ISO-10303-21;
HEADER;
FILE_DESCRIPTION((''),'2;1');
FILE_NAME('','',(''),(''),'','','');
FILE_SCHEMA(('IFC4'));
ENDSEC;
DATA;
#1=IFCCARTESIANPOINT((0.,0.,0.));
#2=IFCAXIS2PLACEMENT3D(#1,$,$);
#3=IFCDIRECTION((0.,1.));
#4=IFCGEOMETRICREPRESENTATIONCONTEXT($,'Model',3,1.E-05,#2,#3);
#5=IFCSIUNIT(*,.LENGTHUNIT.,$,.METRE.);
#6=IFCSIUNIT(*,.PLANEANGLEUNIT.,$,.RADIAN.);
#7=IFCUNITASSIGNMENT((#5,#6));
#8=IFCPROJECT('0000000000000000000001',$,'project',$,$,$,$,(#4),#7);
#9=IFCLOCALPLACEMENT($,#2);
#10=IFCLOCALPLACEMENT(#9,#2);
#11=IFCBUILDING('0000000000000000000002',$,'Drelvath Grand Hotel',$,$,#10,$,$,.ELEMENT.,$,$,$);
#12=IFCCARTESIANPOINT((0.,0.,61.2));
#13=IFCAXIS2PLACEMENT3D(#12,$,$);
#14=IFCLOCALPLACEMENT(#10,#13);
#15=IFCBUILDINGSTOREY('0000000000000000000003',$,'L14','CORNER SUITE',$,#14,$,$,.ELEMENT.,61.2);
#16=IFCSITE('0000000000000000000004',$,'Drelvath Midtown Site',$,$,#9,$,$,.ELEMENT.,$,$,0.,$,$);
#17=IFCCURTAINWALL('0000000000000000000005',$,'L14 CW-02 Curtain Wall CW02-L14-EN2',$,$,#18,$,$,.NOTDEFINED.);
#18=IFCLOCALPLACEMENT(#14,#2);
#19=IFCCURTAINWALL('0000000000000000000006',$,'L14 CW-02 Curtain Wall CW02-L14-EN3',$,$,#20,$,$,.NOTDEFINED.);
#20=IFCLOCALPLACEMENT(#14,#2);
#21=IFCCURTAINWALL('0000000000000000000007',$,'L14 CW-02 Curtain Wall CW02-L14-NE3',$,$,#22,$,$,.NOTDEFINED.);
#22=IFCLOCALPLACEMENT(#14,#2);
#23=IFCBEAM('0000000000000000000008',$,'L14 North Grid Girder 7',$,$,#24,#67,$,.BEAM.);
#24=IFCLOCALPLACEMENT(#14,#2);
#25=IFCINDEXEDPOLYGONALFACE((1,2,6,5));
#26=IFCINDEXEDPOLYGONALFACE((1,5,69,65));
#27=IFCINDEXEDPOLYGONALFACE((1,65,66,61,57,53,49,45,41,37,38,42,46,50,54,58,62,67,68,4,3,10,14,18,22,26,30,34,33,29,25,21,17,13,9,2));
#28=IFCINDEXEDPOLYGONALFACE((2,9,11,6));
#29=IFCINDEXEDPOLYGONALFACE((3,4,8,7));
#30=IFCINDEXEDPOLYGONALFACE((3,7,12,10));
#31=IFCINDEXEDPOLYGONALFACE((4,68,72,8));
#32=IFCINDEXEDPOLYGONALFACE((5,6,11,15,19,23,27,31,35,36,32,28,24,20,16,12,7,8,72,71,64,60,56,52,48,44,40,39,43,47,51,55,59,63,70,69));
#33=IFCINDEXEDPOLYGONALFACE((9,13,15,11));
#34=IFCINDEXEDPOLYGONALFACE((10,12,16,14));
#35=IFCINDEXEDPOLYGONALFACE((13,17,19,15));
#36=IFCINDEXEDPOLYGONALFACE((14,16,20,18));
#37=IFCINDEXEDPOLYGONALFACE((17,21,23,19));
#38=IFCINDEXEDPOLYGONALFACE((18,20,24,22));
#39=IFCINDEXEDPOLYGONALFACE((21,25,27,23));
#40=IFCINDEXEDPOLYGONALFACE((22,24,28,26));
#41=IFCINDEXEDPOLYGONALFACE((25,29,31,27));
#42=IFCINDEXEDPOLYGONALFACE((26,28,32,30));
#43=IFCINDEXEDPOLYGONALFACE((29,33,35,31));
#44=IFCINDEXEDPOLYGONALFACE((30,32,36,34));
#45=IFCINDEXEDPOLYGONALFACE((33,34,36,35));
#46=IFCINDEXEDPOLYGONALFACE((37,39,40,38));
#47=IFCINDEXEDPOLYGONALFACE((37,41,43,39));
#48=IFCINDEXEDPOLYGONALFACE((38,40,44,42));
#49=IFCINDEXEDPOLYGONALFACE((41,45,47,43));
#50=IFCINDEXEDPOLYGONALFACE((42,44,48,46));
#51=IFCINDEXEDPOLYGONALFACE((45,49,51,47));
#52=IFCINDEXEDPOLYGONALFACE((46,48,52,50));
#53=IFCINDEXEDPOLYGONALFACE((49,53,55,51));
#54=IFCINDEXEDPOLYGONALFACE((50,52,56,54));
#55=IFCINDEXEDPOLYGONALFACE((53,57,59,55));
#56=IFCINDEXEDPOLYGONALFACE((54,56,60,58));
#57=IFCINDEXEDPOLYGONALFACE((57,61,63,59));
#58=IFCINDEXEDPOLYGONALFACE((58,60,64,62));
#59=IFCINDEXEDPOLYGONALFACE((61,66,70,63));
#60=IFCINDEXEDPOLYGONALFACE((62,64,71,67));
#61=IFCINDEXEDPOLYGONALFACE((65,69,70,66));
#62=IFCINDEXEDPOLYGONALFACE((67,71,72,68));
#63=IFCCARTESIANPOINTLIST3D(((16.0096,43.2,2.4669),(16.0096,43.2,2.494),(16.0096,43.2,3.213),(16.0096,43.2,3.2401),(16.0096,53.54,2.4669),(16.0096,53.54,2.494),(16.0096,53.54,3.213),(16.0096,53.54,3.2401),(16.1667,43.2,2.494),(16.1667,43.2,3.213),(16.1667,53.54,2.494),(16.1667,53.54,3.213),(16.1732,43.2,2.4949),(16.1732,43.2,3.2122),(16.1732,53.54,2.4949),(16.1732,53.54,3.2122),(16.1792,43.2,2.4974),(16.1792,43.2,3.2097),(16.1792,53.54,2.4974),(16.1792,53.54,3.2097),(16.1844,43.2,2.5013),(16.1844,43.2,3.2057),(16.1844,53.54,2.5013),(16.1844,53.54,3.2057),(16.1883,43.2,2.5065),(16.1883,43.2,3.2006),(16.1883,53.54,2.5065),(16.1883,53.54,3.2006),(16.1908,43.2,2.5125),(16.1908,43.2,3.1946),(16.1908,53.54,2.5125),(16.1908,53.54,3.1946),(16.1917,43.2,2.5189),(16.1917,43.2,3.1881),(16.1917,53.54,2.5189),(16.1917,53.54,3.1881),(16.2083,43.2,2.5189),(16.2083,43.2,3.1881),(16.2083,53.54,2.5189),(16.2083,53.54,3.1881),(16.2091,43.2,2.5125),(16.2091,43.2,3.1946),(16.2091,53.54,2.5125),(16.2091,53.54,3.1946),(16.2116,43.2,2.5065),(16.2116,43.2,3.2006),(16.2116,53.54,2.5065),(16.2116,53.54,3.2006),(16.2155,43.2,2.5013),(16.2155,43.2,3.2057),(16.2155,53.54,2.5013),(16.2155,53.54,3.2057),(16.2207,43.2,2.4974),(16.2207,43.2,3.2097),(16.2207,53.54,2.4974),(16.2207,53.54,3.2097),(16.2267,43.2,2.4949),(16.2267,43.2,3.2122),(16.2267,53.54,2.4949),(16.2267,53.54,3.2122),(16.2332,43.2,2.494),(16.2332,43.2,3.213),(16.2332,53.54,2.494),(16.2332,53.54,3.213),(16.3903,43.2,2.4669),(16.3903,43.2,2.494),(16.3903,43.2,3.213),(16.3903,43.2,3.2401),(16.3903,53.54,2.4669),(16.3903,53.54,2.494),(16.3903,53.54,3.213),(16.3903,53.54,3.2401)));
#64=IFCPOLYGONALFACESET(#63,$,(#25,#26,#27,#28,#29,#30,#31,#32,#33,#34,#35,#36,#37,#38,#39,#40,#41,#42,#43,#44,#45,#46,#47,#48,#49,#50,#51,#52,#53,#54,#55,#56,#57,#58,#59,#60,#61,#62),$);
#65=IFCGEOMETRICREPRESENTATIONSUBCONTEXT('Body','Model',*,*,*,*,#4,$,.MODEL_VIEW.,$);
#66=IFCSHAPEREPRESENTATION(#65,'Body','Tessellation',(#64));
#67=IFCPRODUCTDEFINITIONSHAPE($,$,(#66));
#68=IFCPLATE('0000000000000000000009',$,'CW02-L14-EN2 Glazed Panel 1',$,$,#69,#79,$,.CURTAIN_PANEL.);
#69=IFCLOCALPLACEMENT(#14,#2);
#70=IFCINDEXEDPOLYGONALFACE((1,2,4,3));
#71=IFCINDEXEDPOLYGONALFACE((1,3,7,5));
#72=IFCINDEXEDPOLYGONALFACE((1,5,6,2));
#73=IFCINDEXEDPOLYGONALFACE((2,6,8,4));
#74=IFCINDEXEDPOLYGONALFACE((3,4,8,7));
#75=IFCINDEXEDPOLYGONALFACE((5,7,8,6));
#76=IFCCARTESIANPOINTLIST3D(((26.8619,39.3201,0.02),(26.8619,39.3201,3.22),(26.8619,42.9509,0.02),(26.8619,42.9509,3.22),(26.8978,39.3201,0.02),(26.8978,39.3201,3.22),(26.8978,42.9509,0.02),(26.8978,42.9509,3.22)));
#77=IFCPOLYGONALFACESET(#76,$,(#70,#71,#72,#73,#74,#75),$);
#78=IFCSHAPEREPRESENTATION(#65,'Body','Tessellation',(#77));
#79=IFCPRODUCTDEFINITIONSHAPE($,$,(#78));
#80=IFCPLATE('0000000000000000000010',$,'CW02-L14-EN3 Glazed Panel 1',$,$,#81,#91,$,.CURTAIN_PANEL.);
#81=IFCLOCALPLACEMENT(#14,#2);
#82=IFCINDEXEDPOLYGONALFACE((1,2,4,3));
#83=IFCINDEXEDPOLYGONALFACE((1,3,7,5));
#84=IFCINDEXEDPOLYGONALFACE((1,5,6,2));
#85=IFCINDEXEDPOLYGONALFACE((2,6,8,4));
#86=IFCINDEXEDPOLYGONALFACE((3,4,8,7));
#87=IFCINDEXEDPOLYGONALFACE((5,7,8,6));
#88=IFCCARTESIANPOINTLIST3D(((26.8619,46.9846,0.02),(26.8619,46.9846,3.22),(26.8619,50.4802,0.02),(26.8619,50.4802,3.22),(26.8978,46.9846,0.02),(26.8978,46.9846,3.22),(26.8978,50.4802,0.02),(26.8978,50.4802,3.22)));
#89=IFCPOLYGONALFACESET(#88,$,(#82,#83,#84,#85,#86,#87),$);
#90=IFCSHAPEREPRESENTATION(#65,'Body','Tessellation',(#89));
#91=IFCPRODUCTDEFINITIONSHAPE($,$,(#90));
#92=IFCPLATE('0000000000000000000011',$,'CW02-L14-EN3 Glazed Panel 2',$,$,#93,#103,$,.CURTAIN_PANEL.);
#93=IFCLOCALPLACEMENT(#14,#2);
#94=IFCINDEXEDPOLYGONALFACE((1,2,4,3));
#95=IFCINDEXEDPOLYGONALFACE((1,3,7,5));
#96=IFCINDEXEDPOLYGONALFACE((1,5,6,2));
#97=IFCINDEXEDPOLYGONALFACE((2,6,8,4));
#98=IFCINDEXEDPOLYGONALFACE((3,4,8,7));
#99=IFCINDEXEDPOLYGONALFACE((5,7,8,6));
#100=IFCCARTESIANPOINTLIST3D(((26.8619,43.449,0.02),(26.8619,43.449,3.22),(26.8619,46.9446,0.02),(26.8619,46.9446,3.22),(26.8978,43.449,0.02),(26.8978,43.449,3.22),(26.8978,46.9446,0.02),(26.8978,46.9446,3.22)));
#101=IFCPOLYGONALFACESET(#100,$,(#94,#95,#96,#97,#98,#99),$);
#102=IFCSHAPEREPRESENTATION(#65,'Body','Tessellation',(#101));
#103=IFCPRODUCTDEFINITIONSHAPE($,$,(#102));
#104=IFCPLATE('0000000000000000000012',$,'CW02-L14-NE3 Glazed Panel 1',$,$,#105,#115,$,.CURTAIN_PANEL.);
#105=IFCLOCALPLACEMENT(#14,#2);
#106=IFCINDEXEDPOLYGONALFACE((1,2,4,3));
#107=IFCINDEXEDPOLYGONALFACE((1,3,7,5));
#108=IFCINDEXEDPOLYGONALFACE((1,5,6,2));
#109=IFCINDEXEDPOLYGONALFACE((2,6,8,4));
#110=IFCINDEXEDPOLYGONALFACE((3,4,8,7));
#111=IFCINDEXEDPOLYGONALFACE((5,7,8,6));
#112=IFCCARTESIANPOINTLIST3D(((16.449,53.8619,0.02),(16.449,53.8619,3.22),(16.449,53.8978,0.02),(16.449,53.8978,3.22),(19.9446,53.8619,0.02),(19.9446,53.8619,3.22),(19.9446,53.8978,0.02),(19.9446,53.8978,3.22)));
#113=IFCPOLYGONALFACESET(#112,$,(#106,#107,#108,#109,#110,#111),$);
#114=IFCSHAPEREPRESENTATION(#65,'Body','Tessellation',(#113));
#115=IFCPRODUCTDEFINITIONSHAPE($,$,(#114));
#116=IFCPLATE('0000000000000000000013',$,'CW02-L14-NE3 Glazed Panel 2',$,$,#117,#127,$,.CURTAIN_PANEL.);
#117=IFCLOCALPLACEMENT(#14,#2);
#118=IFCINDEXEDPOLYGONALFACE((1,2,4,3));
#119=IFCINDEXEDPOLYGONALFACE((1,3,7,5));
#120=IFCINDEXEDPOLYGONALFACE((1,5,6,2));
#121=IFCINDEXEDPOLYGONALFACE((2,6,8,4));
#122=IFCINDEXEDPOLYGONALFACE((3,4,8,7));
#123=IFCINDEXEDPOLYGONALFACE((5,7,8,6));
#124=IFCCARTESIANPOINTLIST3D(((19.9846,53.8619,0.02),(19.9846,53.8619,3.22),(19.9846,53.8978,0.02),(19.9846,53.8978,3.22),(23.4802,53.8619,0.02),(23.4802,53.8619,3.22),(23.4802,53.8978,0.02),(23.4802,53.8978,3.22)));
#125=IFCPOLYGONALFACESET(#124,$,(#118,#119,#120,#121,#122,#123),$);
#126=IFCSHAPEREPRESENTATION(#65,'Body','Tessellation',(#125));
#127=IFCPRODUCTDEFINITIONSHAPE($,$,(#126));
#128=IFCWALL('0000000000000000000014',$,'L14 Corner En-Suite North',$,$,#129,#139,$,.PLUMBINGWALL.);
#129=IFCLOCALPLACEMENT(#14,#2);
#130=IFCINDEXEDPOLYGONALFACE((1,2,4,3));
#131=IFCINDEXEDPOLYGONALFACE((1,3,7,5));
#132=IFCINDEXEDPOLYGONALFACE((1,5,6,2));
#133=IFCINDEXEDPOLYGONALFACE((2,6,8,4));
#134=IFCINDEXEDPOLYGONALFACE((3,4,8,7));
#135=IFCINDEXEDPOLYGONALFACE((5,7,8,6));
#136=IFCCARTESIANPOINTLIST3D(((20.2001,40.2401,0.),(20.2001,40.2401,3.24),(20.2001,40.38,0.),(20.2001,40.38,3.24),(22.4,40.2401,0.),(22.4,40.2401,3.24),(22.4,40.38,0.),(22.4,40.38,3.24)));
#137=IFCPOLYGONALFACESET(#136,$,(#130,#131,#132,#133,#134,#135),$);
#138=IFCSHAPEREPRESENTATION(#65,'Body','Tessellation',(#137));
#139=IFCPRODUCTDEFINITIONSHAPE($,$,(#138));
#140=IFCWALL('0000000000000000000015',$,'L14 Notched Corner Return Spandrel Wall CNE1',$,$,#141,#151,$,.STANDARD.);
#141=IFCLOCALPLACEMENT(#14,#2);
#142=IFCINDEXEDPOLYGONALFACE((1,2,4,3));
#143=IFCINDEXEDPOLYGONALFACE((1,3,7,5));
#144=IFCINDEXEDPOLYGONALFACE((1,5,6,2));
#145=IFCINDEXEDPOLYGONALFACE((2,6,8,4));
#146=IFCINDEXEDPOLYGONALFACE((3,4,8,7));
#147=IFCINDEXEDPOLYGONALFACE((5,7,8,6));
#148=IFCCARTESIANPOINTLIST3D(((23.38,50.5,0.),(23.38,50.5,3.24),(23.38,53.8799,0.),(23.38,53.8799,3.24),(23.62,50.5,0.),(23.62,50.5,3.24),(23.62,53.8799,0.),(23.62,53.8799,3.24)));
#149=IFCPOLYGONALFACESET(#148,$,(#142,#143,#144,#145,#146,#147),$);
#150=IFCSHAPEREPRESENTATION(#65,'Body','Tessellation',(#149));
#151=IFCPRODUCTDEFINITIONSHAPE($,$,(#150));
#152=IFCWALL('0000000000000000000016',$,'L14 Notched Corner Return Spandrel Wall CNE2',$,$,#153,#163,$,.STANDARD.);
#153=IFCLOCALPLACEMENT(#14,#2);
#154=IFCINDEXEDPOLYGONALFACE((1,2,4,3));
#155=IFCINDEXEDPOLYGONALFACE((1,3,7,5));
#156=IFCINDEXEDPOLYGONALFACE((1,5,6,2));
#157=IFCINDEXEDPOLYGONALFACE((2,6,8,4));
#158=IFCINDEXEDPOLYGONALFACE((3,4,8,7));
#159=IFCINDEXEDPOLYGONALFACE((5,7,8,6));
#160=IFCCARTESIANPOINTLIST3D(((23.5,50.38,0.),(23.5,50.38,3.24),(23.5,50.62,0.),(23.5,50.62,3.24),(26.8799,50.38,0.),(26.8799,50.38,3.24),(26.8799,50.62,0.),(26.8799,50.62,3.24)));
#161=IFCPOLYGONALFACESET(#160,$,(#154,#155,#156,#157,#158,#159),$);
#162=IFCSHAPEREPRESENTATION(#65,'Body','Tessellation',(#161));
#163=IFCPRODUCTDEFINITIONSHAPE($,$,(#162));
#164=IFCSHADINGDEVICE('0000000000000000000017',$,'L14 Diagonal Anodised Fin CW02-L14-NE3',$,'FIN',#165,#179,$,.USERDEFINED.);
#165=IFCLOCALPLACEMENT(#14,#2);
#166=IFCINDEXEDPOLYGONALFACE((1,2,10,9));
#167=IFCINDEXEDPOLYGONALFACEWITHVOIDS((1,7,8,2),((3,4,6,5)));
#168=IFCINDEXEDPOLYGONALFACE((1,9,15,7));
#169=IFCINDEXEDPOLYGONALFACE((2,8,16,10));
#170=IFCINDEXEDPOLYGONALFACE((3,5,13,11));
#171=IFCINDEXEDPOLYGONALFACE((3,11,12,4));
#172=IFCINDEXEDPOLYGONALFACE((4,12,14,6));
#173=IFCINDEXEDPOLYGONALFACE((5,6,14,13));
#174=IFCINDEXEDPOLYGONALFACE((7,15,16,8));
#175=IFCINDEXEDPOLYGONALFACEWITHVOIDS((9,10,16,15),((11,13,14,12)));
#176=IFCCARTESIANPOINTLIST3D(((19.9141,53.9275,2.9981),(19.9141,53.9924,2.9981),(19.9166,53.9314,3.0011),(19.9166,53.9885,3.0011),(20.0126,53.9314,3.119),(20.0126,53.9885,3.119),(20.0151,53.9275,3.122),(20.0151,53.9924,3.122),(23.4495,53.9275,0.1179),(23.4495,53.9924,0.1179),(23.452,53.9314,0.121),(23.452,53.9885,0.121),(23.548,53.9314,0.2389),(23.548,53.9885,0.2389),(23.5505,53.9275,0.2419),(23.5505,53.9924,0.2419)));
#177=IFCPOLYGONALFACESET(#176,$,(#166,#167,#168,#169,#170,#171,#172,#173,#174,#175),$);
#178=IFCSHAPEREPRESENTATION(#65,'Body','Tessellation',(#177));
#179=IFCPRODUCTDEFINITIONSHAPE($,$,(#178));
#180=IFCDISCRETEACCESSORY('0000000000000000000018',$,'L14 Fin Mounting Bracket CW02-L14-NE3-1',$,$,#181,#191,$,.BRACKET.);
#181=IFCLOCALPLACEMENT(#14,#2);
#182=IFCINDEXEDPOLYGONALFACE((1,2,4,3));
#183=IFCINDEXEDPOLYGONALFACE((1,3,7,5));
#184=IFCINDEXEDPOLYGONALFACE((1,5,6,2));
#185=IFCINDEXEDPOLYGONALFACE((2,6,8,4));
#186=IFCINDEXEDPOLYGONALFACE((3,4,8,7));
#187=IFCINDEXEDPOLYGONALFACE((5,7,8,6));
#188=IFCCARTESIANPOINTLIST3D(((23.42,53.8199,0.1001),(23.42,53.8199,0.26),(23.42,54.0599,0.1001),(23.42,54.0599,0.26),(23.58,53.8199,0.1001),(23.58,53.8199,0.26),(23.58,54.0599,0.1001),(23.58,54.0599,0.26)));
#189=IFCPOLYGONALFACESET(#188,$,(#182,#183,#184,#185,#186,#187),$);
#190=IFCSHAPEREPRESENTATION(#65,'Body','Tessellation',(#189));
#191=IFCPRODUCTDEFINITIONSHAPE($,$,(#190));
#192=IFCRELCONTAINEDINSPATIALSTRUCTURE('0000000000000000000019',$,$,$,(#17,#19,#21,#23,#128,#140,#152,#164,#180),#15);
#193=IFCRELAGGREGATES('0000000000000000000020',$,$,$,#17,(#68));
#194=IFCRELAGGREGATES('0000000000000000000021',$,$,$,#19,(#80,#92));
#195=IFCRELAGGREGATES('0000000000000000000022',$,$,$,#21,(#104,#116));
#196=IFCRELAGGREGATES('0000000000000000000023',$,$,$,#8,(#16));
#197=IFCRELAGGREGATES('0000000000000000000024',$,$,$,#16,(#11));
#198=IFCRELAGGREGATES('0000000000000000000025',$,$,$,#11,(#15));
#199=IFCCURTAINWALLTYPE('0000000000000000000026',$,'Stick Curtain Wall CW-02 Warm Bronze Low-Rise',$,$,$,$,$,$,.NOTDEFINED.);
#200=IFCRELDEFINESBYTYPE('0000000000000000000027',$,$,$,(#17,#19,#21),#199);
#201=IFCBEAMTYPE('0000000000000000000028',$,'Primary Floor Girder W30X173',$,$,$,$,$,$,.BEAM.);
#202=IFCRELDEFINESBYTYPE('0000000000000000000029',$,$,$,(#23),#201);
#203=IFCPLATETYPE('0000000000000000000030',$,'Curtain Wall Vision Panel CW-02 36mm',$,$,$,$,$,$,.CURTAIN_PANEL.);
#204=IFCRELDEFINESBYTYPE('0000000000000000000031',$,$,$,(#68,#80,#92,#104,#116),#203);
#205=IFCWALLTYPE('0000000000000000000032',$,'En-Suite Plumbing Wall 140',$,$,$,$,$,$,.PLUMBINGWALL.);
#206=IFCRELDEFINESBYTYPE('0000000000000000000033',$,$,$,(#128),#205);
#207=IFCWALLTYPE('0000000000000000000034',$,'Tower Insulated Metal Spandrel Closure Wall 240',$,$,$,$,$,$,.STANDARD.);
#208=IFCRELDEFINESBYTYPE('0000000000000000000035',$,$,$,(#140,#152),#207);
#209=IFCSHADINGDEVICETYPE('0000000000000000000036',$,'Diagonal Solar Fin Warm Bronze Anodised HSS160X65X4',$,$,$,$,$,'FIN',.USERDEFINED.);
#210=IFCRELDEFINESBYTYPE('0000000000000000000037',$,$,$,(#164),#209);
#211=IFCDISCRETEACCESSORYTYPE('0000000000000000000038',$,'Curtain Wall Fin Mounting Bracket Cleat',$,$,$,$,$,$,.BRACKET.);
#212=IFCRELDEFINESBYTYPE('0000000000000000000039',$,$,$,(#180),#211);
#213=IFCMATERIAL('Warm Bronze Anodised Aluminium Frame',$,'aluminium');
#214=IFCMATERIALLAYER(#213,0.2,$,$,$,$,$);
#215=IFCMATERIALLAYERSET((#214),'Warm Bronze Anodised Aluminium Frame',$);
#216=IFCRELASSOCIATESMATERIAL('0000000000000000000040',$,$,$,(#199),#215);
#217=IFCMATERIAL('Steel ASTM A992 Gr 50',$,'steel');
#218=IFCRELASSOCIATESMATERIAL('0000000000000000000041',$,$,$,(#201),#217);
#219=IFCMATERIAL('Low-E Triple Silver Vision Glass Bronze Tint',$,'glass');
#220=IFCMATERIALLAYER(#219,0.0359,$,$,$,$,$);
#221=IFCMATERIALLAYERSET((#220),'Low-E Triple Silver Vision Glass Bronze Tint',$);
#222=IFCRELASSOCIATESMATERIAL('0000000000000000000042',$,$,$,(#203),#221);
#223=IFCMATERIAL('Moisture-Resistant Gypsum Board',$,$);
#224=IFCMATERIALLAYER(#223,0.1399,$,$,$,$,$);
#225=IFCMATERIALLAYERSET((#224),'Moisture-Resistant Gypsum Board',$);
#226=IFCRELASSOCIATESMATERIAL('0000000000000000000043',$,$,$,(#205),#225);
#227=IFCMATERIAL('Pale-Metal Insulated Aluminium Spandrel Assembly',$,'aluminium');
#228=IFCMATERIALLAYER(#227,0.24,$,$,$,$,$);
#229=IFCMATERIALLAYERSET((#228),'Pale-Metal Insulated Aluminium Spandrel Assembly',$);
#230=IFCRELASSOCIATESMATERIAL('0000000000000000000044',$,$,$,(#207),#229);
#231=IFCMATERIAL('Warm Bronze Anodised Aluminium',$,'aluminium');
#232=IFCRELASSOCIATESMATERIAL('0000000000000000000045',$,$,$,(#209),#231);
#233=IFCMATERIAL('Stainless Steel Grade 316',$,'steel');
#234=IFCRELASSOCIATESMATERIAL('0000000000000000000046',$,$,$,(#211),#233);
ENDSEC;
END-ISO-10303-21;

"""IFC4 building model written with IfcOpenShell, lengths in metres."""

from ifc_helpers import new_model, si_unit, direction, frame, frame_2d, origin, origin_2d, place, context, subcontext, project, spatial, rectangle, hollow_rectangle, i_section, extrude, material, layer, layer_set, material_profile, profile_set, type_object, element, aggregate, save


model = new_model("IFC4")

# Units and contexts
model_context = context("Model", 3, precision=1e-05, world=origin(), true_north=direction((0.0, 1.0)))
body_context = subcontext(model_context, "Body", "Model", "MODEL_VIEW")
ifc_project = project(units=[si_unit("LENGTHUNIT", "METRE"), si_unit("PLANEANGLEUNIT", "RADIAN")], contexts=[model_context])

# Site, building, storey
site_placement = place(None, origin())
site = spatial("IfcSite", under=ifc_project, at=site_placement, Name="Drelvath Midtown Site", CompositionType="ELEMENT", RefElevation=0.0)
building_placement = place(site_placement, origin())
building = spatial("IfcBuilding", under=site, at=building_placement, Name="Drelvath Grand Hotel", CompositionType="ELEMENT")
storey_placement = place(building_placement, frame((0.0, 0.0, 61.2)))
storey = spatial("IfcBuildingStorey", under=building, at=storey_placement, Name="L14", Description="CORNER SUITE", CompositionType="ELEMENT", Elevation=61.2)

# Curtain walls
ifc_material_1 = material(Name="Warm Bronze Anodised Aluminium Frame", Category="aluminium")
ifc_layer_1 = layer(ifc_material_1, 0.2)
ifc_layer_set_1 = layer_set([ifc_layer_1], Name="Warm Bronze Anodised Aluminium Frame")
curtain_wall_type = type_object("IfcCurtainWallType", Name="Stick Curtain Wall CW-02 Warm Bronze Low-Rise", PredefinedType="NOTDEFINED", material=ifc_layer_set_1)
curtain_wall_1_placement = place(storey_placement, origin())
curtain_wall_1 = element("IfcCurtainWall", 1, at=curtain_wall_1_placement, inside=storey, type_object=curtain_wall_type, Name="L14 CW-02 Curtain Wall CW02-L14-EN2", PredefinedType="NOTDEFINED")
curtain_wall_2_placement = place(storey_placement, origin())
curtain_wall_2 = element("IfcCurtainWall", 2, at=curtain_wall_2_placement, inside=storey, type_object=curtain_wall_type, Name="L14 CW-02 Curtain Wall CW02-L14-EN3", PredefinedType="NOTDEFINED")
curtain_wall_3_placement = place(storey_placement, origin())
curtain_wall_3 = element("IfcCurtainWall", 3, at=curtain_wall_3_placement, inside=storey, type_object=curtain_wall_type, Name="L14 CW-02 Curtain Wall CW02-L14-NE3", PredefinedType="NOTDEFINED")

# Beam
ifc_material_2 = material(Name="Steel ASTM A992 Gr 50", Category="steel")
ifc_material_profile_1 = material_profile(ifc_material_2, i_section(OverallWidth=0.3806, OverallDepth=0.7732, WebThickness=0.0166, FlangeThickness=0.0271, FilletRadius=0.0249, at=origin_2d()), Name="W30X173")
ifc_profile_set_1 = profile_set([ifc_material_profile_1], Name="Steel ASTM A992 Gr 50")
beam_type = type_object("IfcBeamType", Name="Primary Floor Girder W30X173", PredefinedType="BEAM", material=ifc_profile_set_1)
for number, where, z_axis, x_axis, name in (
    (4, (16.2, 43.2, 2.8535), (0.0, 1.0, 0.0), (-1.0, 0.0, 0.0), "L14 North Grid Girder 7"),
):
    element("IfcBeam", number, at=place(storey_placement, frame(where, z_axis=z_axis, x_axis=x_axis)), inside=storey, type_object=beam_type, Name=name, PredefinedType="BEAM", context=body_context, shape_type="SweptSolid", body=[
        extrude(i_section(OverallWidth=0.3806, OverallDepth=0.7732, WebThickness=0.0166, FlangeThickness=0.0271, FilletRadius=0.0249, at=origin_2d()), origin(), (0.0, 0.0, 1.0), 10.3401),
    ])

# Plates
ifc_material_3 = material(Name="Low-E Triple Silver Vision Glass Bronze Tint", Category="glass")
ifc_layer_2 = layer(ifc_material_3, 0.0359)
ifc_layer_set_2 = layer_set([ifc_layer_2], Name="Low-E Triple Silver Vision Glass Bronze Tint")
plate_type = type_object("IfcPlateType", Name="Curtain Wall Vision Panel CW-02 36mm", PredefinedType="CURTAIN_PANEL", material=ifc_layer_set_2)
plate_1_placement = place(storey_placement, frame((26.8799, 41.1355, 0.02), z_axis=(0.0, 0.0, 1.0), x_axis=(0.0, -1.0, 0.0)))
plate_1 = element("IfcPlate", 5, at=plate_1_placement, type_object=plate_type, Name="CW02-L14-EN2 Glazed Panel 1", PredefinedType="CURTAIN_PANEL", context=body_context, shape_type="SweptSolid", body=[
    extrude(rectangle(XDim=3.6309, YDim=0.0359, at=origin_2d()), origin(), (0.0, 0.0, 1.0), 3.2),
])
aggregate(curtain_wall_1, [plate_1])
plate_2_placement = place(storey_placement, frame((26.8799, 48.7324, 0.02), z_axis=(0.0, 0.0, 1.0), x_axis=(0.0, -1.0, 0.0)))
plate_2 = element("IfcPlate", 6, at=plate_2_placement, type_object=plate_type, Name="CW02-L14-EN3 Glazed Panel 1", PredefinedType="CURTAIN_PANEL", context=body_context, shape_type="SweptSolid", body=[
    extrude(rectangle(XDim=3.4956, YDim=0.0359, at=origin_2d()), origin(), (0.0, 0.0, 1.0), 3.2),
])
plate_3_placement = place(storey_placement, frame((26.8799, 45.1968, 0.02), z_axis=(0.0, 0.0, 1.0), x_axis=(0.0, -1.0, 0.0)))
plate_3 = element("IfcPlate", 7, at=plate_3_placement, type_object=plate_type, Name="CW02-L14-EN3 Glazed Panel 2", PredefinedType="CURTAIN_PANEL", context=body_context, shape_type="SweptSolid", body=[
    extrude(rectangle(XDim=3.4956, YDim=0.0359, at=origin_2d()), origin(), (0.0, 0.0, 1.0), 3.2),
])
aggregate(curtain_wall_2, [plate_2, plate_3])
plate_4_placement = place(storey_placement, frame((18.1968, 53.8799, 0.02), z_axis=(0.0, 0.0, 1.0), x_axis=(1.0, 0.0, 0.0)))
plate_4 = element("IfcPlate", 8, at=plate_4_placement, type_object=plate_type, Name="CW02-L14-NE3 Glazed Panel 1", PredefinedType="CURTAIN_PANEL", context=body_context, shape_type="SweptSolid", body=[
    extrude(rectangle(XDim=3.4956, YDim=0.0359, at=origin_2d()), origin(), (0.0, 0.0, 1.0), 3.2),
])
plate_5_placement = place(storey_placement, frame((21.7324, 53.8799, 0.02), z_axis=(0.0, 0.0, 1.0), x_axis=(1.0, 0.0, 0.0)))
plate_5 = element("IfcPlate", 9, at=plate_5_placement, type_object=plate_type, Name="CW02-L14-NE3 Glazed Panel 2", PredefinedType="CURTAIN_PANEL", context=body_context, shape_type="SweptSolid", body=[
    extrude(rectangle(XDim=3.4956, YDim=0.0359, at=origin_2d()), origin(), (0.0, 0.0, 1.0), 3.2),
])
aggregate(curtain_wall_3, [plate_4, plate_5])

# Walls
ifc_material_4 = material(Name="Moisture-Resistant Gypsum Board")
ifc_layer_3 = layer(ifc_material_4, 0.1399)
ifc_layer_set_3 = layer_set([ifc_layer_3], Name="Moisture-Resistant Gypsum Board")
wall_type_1 = type_object("IfcWallType", Name="En-Suite Plumbing Wall 140", PredefinedType="PLUMBINGWALL", material=ifc_layer_set_3)
wall_placement = place(storey_placement, frame((20.2, 40.3101, 0.0), z_axis=(0.0, 0.0, 1.0), x_axis=(1.0, 0.0, 0.0)))
element("IfcWall", 10, at=wall_placement, inside=storey, type_object=wall_type_1, Name="L14 Corner En-Suite North", PredefinedType="PLUMBINGWALL", context=body_context, shape_type="SweptSolid", body=[
    extrude(rectangle(XDim=2.2, YDim=0.1399, at=frame_2d((1.1001, 0.0))), origin(), (0.0, 0.0, 1.0), 3.24),
])
ifc_material_5 = material(Name="Pale-Metal Insulated Aluminium Spandrel Assembly", Category="aluminium")
ifc_layer_4 = layer(ifc_material_5, 0.24)
ifc_layer_set_4 = layer_set([ifc_layer_4], Name="Pale-Metal Insulated Aluminium Spandrel Assembly")
wall_type_2 = type_object("IfcWallType", Name="Tower Insulated Metal Spandrel Closure Wall 240", PredefinedType="STANDARD", material=ifc_layer_set_4)
for number, where, z_axis, x_axis, name in (
    (11, (23.5, 53.8799, 0.0), (0.0, 0.0, 1.0), (0.0, -1.0, 0.0), "L14 Notched Corner Return Spandrel Wall CNE1"),
    (12, (23.5, 50.5, 0.0), (0.0, 0.0, 1.0), (1.0, 0.0, 0.0), "L14 Notched Corner Return Spandrel Wall CNE2"),
):
    element("IfcWall", number, at=place(storey_placement, frame(where, z_axis=z_axis, x_axis=x_axis)), inside=storey, type_object=wall_type_2, Name=name, PredefinedType="STANDARD", context=body_context, shape_type="SweptSolid", body=[
        extrude(rectangle(XDim=3.3799, YDim=0.24, at=frame_2d((1.6899, 0.0))), origin(), (0.0, 0.0, 1.0), 3.24),
    ])

# Shading device
ifc_material_6 = material(Name="Warm Bronze Anodised Aluminium", Category="aluminium")
ifc_material_profile_2 = material_profile(ifc_material_6, hollow_rectangle(XDim=0.0649, YDim=0.1599, WallThickness=0.0039, at=origin_2d()), Name="HSS160X65X4")
ifc_profile_set_2 = profile_set([ifc_material_profile_2], Name="Warm Bronze Anodised Aluminium")
shading_device_type = type_object("IfcShadingDeviceType", Name="Diagonal Solar Fin Warm Bronze Anodised HSS160X65X4", ElementType="FIN", PredefinedType="USERDEFINED", material=ifc_profile_set_2)
shading_device_placement = place(storey_placement, frame((23.5, 53.96, 0.1799), z_axis=(-0.775296, 0.0, 0.631598), x_axis=(0.0, -1.0, 0.0)))
element("IfcShadingDevice", 13, at=shading_device_placement, inside=storey, type_object=shading_device_type, Name="L14 Diagonal Anodised Fin CW02-L14-NE3", ObjectType="FIN", PredefinedType="USERDEFINED", context=body_context, shape_type="SweptSolid", body=[
    extrude(hollow_rectangle(XDim=0.0649, YDim=0.1599, WallThickness=0.0039, at=origin_2d()), origin(), (0.0, 0.0, 1.0), 4.5601),
])

# Discrete accessory
ifc_material_7 = material(Name="Stainless Steel Grade 316", Category="steel")
discrete_accessory_type = type_object("IfcDiscreteAccessoryType", Name="Curtain Wall Fin Mounting Bracket Cleat", PredefinedType="BRACKET", material=ifc_material_7)
discrete_accessory_placement = place(storey_placement, frame((23.5, 53.9399, 0.1001), z_axis=(0.0, 0.0, 1.0), x_axis=(1.0, 0.0, 0.0)))
element("IfcDiscreteAccessory", 14, at=discrete_accessory_placement, inside=storey, type_object=discrete_accessory_type, Name="L14 Fin Mounting Bracket CW02-L14-NE3-1", PredefinedType="BRACKET", context=body_context, shape_type="SweptSolid", body=[
    extrude(rectangle(XDim=0.1599, YDim=0.24, at=origin_2d()), origin(), (0.0, 0.0, 1.0), 0.1599),
])

save(model, "model.ifc")
